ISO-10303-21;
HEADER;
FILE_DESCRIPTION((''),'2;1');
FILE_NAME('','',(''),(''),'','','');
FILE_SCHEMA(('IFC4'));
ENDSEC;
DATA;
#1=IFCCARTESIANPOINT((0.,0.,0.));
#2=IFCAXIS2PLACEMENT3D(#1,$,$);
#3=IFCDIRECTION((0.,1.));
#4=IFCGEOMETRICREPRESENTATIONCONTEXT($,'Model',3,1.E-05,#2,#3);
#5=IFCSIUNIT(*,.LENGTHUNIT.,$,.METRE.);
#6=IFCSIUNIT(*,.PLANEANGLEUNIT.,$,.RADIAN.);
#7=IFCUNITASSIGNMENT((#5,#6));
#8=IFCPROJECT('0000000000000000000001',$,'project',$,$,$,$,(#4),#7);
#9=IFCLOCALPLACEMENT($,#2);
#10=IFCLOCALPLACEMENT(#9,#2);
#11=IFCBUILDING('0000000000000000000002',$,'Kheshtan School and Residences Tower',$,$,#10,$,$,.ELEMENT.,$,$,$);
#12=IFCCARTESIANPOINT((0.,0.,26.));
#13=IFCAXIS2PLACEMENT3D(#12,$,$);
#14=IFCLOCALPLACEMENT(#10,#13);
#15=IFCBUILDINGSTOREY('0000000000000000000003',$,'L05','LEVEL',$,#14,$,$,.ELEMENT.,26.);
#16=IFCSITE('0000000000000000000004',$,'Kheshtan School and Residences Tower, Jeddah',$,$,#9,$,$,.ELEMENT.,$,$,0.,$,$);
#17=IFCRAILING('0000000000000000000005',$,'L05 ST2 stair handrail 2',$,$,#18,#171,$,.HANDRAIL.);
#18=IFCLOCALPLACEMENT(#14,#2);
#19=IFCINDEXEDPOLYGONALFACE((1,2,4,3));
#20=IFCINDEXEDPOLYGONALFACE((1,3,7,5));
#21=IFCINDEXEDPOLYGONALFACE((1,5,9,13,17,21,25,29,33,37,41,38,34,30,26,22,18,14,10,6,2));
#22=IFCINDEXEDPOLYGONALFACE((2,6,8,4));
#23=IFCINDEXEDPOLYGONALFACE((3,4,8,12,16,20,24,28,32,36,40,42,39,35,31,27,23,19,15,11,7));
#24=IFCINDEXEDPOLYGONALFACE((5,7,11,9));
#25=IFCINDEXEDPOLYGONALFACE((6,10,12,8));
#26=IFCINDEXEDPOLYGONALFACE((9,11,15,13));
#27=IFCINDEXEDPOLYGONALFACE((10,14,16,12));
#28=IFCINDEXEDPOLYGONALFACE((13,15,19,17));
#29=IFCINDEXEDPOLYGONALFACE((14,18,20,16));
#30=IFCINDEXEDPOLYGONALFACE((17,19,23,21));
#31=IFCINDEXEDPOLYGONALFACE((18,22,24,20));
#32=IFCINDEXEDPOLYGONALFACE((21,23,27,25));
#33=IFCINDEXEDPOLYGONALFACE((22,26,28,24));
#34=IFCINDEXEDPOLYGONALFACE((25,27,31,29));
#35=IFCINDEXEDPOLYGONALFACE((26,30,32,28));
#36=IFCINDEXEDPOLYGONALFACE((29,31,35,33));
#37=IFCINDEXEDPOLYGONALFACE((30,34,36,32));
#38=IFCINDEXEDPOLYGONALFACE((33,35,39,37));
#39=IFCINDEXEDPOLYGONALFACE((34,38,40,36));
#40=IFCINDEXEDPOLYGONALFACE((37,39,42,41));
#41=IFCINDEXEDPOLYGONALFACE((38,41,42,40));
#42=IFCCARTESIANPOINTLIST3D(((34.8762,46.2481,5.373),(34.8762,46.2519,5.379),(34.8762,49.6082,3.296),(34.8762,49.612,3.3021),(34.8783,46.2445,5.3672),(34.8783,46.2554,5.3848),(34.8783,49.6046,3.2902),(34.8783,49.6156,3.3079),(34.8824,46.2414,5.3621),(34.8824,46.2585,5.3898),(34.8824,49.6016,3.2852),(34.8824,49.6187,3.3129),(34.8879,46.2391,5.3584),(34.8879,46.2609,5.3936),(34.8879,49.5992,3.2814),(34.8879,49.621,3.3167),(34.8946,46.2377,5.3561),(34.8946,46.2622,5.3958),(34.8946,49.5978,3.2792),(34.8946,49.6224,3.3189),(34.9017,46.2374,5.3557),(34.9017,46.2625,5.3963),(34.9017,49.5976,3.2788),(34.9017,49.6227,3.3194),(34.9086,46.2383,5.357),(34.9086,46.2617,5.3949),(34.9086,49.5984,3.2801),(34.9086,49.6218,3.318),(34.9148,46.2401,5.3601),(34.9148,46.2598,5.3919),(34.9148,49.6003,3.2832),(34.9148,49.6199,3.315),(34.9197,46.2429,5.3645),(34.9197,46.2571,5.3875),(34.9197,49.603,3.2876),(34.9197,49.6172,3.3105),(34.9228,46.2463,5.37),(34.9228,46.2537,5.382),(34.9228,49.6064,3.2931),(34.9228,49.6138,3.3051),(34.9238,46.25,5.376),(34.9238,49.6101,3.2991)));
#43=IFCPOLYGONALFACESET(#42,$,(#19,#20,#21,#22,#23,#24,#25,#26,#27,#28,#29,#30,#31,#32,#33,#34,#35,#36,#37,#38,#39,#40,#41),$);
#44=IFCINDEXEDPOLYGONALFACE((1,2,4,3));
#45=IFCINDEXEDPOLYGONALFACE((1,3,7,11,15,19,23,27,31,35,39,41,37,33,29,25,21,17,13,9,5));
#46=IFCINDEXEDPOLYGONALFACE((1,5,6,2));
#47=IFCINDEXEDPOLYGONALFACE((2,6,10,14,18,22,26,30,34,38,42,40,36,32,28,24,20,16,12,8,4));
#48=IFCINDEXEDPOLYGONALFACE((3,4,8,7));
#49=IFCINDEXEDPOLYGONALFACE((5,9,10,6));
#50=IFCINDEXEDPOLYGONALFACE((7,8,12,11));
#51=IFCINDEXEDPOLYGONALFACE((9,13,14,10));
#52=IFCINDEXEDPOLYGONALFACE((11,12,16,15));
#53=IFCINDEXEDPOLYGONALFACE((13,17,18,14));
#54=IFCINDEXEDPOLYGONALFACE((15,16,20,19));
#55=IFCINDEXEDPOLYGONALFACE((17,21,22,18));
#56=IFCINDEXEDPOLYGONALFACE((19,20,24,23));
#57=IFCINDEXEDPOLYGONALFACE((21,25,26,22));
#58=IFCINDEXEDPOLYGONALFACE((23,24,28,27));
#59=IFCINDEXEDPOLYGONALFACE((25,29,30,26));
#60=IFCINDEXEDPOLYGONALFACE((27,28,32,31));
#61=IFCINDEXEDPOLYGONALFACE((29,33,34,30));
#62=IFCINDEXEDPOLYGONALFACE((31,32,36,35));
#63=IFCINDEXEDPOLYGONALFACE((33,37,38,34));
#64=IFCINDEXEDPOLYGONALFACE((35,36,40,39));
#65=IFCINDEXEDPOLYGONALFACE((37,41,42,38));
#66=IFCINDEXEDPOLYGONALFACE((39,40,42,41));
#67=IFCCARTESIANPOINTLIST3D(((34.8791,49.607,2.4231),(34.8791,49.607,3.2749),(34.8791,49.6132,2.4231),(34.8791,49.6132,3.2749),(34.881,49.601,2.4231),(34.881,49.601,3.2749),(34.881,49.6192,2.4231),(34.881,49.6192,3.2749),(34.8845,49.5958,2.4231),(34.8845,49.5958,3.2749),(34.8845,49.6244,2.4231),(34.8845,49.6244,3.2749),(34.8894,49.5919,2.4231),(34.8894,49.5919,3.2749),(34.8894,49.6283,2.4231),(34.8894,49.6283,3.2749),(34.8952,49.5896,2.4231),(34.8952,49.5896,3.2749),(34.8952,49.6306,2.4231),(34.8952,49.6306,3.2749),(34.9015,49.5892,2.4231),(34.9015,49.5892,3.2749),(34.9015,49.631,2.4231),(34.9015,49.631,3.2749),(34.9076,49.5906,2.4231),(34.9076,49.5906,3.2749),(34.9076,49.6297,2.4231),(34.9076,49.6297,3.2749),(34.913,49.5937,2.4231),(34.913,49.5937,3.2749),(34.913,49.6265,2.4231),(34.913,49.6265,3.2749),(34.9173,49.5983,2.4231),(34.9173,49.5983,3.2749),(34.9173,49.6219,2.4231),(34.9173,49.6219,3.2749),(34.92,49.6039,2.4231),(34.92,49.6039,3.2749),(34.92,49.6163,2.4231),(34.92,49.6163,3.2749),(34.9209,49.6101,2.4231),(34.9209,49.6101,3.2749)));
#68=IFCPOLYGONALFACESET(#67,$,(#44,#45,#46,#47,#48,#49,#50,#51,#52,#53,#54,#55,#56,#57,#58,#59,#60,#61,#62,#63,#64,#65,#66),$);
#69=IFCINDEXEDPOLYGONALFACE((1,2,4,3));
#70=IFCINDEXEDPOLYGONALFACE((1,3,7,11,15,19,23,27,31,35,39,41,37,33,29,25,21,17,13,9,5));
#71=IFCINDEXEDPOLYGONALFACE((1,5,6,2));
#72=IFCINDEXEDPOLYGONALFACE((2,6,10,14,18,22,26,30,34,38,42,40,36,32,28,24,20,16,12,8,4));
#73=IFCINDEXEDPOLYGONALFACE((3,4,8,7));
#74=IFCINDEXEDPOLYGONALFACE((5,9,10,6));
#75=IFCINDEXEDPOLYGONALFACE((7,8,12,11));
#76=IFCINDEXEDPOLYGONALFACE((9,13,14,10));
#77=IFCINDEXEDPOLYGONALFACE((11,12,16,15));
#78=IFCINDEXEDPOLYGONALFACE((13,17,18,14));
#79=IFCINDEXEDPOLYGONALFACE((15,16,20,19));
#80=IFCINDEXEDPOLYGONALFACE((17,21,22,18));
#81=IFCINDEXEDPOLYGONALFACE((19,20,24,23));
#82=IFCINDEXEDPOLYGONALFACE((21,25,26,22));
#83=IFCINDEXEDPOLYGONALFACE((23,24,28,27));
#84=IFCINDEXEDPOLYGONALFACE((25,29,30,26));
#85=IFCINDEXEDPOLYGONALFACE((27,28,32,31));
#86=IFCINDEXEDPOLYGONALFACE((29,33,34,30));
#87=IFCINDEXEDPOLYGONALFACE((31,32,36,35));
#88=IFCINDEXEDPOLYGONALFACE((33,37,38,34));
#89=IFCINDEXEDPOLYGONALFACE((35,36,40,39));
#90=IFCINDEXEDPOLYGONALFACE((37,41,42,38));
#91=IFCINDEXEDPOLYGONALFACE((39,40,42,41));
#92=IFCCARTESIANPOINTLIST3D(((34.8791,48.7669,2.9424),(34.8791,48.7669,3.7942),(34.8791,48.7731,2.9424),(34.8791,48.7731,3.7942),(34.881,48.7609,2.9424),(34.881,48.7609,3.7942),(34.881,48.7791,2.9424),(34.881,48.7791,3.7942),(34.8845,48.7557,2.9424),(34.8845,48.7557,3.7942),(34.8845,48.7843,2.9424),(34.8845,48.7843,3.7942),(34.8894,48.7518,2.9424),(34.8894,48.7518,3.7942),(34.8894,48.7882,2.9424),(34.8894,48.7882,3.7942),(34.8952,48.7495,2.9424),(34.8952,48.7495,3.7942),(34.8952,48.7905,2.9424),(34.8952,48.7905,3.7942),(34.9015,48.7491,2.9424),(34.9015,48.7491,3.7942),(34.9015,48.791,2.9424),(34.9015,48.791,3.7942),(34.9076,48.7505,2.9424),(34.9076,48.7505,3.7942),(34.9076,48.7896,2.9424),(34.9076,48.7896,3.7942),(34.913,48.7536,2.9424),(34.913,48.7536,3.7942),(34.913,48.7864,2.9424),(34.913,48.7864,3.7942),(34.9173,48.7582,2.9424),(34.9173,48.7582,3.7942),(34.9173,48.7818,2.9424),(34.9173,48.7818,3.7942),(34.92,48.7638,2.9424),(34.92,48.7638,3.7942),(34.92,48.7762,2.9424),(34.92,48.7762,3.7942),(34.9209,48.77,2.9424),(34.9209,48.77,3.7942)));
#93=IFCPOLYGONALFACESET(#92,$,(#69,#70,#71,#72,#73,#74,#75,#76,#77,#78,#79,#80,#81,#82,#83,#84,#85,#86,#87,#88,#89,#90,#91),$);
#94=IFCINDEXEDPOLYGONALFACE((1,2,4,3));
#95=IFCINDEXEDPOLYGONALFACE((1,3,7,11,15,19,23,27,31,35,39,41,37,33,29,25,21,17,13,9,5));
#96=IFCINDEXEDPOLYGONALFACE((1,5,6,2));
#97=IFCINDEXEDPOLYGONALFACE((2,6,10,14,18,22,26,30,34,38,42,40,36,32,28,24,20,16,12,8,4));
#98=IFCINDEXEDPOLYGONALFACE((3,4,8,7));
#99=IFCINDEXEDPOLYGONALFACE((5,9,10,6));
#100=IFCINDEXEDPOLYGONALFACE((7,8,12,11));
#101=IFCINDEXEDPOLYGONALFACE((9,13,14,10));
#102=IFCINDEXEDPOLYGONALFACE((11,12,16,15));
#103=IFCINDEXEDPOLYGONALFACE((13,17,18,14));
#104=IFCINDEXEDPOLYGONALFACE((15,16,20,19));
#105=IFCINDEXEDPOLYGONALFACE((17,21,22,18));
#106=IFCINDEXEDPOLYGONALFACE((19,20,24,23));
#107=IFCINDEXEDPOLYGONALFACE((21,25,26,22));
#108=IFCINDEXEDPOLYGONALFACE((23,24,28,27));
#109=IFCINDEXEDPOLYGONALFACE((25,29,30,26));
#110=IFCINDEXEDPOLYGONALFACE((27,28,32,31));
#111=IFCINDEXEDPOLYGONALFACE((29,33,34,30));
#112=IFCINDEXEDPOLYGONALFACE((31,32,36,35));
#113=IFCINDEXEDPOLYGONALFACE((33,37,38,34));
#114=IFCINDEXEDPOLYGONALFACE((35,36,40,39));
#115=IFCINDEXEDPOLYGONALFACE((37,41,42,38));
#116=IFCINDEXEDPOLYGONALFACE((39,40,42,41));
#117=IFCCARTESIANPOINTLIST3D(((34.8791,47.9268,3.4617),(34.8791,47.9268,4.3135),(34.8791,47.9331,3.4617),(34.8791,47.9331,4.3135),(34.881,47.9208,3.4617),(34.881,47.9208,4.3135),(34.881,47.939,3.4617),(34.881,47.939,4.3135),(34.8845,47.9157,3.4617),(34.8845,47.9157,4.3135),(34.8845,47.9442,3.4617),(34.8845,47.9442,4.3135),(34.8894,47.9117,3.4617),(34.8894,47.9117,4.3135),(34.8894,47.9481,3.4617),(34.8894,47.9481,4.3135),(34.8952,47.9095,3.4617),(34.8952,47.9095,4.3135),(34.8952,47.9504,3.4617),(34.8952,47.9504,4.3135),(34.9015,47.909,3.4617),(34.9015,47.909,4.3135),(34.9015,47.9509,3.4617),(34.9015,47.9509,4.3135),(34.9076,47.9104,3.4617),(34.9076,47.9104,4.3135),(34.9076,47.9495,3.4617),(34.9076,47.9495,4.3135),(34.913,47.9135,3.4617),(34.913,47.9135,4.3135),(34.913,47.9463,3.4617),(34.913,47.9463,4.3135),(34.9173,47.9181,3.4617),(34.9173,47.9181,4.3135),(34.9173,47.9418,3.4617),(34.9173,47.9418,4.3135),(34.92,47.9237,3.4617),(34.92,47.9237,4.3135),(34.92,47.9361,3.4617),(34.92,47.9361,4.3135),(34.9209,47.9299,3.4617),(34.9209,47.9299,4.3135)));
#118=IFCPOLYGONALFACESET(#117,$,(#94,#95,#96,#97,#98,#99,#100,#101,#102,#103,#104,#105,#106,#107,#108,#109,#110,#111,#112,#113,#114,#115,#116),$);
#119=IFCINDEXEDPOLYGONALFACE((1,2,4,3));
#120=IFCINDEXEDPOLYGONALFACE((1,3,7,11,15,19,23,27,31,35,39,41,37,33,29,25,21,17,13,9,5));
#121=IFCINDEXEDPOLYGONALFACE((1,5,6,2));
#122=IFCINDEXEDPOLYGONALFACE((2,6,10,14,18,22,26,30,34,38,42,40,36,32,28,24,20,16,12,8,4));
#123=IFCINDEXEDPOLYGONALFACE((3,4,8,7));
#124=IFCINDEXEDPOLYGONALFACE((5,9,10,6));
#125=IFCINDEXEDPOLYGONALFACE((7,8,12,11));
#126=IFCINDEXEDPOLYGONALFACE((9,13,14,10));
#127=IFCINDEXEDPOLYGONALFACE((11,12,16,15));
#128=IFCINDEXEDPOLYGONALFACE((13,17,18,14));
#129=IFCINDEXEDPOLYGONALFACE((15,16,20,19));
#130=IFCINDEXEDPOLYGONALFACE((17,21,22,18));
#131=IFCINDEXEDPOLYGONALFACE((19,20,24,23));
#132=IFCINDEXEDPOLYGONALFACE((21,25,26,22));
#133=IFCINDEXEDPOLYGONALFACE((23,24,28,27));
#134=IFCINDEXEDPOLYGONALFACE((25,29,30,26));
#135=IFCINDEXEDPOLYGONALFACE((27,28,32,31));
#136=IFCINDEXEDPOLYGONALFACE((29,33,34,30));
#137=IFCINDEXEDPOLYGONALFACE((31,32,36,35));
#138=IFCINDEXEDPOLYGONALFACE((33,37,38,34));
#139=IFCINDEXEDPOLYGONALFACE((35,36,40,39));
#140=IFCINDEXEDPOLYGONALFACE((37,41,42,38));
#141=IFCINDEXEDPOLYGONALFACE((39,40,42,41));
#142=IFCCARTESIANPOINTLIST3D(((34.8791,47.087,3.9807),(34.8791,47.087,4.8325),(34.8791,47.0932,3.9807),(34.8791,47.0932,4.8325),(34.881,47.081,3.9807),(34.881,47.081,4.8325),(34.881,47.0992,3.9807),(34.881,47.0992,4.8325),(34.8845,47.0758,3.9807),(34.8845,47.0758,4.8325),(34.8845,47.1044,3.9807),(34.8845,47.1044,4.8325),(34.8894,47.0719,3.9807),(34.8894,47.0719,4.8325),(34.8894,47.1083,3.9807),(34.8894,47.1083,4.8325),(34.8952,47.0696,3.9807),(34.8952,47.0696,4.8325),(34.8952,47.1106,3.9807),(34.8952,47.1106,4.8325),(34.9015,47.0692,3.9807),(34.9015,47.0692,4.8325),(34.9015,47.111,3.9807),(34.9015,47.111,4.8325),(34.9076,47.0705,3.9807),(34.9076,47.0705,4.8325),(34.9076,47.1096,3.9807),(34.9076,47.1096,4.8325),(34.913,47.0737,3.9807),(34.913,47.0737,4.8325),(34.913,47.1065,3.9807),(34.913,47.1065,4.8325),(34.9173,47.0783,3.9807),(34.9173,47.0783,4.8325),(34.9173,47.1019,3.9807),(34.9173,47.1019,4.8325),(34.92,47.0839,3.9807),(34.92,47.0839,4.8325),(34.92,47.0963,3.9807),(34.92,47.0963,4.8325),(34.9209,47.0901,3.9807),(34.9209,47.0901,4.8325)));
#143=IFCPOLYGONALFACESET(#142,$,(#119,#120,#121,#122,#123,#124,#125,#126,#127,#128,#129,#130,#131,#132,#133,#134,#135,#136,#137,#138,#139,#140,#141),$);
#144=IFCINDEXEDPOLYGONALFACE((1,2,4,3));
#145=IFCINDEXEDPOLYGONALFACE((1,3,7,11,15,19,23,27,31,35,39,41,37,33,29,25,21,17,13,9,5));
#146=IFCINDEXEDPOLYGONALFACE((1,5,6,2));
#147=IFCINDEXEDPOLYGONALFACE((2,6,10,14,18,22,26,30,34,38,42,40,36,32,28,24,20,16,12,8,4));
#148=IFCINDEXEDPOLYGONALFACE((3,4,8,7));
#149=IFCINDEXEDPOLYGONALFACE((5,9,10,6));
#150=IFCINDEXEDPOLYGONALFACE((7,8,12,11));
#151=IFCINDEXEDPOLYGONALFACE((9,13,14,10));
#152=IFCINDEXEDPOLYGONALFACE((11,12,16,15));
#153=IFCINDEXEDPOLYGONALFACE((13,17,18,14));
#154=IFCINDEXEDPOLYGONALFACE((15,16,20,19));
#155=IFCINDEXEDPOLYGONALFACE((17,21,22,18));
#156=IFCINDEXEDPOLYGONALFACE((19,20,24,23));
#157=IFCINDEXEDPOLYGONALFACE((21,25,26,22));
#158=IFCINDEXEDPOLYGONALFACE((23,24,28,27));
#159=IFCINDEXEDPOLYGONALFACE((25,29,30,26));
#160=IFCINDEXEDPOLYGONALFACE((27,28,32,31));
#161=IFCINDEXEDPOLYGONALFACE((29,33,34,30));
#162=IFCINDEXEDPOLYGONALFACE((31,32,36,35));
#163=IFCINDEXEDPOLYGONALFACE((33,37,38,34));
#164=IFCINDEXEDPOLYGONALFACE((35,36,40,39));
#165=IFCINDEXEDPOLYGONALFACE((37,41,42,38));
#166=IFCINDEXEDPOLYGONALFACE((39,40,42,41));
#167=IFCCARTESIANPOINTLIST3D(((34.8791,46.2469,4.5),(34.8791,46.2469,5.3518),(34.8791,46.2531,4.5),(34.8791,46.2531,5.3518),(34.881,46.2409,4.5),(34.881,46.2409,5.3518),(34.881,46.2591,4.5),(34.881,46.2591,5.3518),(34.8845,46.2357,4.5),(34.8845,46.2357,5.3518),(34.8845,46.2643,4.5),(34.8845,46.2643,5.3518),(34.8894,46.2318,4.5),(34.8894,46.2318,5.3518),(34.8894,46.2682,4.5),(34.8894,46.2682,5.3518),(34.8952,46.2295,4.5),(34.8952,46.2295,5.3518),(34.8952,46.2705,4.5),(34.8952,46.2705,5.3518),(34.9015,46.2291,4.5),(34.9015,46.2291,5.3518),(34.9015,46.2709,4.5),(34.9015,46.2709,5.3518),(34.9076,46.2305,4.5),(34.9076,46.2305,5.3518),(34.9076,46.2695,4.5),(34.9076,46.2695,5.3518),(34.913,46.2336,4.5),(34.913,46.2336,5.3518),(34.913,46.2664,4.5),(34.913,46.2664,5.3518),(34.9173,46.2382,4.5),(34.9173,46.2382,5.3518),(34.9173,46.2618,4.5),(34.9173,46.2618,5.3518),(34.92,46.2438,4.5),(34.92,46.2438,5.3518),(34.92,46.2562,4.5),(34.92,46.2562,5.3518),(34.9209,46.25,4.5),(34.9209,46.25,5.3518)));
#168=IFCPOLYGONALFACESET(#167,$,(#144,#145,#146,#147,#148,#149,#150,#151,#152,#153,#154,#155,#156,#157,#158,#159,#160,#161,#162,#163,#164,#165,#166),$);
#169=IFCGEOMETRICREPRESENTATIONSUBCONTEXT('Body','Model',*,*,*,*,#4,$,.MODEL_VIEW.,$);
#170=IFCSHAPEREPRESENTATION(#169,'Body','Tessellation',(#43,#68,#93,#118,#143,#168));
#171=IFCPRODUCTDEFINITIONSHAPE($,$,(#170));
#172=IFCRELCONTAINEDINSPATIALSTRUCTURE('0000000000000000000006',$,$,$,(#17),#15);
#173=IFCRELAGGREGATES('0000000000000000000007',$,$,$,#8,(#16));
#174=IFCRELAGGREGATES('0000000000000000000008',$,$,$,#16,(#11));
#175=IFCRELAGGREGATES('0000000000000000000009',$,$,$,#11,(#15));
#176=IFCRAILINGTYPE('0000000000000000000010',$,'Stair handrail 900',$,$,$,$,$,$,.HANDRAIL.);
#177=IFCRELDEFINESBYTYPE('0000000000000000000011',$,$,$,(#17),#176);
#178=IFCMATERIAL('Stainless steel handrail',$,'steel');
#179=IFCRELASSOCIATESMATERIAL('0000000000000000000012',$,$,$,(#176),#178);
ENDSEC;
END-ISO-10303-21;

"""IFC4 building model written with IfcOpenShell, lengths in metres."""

from ifc_helpers import new_model, si_unit, direction, frame, origin, origin_2d, place, context, subcontext, project, spatial, circle, extrude, material, type_object, element, save


model = new_model("IFC4")

# Units and contexts
model_context = context("Model", 3, precision=1e-05, world=origin(), true_north=direction((0.0, 1.0)))
body_context = subcontext(model_context, "Body", "Model", "MODEL_VIEW")
ifc_project = project(units=[si_unit("LENGTHUNIT", "METRE"), si_unit("PLANEANGLEUNIT", "RADIAN")], contexts=[model_context])

# Site, building, storey
site_placement = place(None, origin())
site = spatial("IfcSite", under=ifc_project, at=site_placement, Name="Kheshtan School and Residences Tower, Jeddah", CompositionType="ELEMENT", RefElevation=0.0)
building_placement = place(site_placement, origin())
building = spatial("IfcBuilding", under=site, at=building_placement, Name="Kheshtan School and Residences Tower", CompositionType="ELEMENT")
storey_placement = place(building_placement, frame((0.0, 0.0, 26.0)))
storey = spatial("IfcBuildingStorey", under=building, at=storey_placement, Name="L05", Description="LEVEL", CompositionType="ELEMENT", Elevation=26.0)

# Railing
ifc_material_1 = material(Name="Stainless steel handrail", Category="steel")
railing_type_1 = type_object("IfcRailingType", Name="Stair handrail 900", PredefinedType="HANDRAIL", material=ifc_material_1)
railing_1_placement = place(storey_placement, frame((34.8999, 49.6101, 2.4231)))
element("IfcRailing", 1, at=railing_1_placement, inside=storey, type_object=railing_type_1, Name="L05 ST2 stair handrail 2", PredefinedType="HANDRAIL", context=body_context, shape_type="SweptSolid", body=[
    extrude(circle(Radius=0.0239, at=origin_2d()), frame((0.0, 0.0, 0.876), z_axis=(0.0, -0.850623, 0.525776), x_axis=(1.0, 0.0, 0.0)), (0.0, 0.0, 1.0), 3.9502),
    extrude(circle(Radius=0.021, at=origin_2d()), origin(), (0.0, 0.0, 1.0), 0.8518),
    extrude(circle(Radius=0.021, at=origin_2d()), frame((0.0, -0.8401, 0.5193)), (0.0, 0.0, 1.0), 0.8518),
    extrude(circle(Radius=0.021, at=origin_2d()), frame((0.0, -1.6802, 1.0386)), (0.0, 0.0, 1.0), 0.8518),
    extrude(circle(Radius=0.021, at=origin_2d()), frame((0.0, -2.52, 1.5576)), (0.0, 0.0, 1.0), 0.8518),
    extrude(circle(Radius=0.021, at=origin_2d()), frame((0.0, -3.3601, 2.0769)), (0.0, 0.0, 1.0), 0.8518),
])

save(model, "model.ifc")
